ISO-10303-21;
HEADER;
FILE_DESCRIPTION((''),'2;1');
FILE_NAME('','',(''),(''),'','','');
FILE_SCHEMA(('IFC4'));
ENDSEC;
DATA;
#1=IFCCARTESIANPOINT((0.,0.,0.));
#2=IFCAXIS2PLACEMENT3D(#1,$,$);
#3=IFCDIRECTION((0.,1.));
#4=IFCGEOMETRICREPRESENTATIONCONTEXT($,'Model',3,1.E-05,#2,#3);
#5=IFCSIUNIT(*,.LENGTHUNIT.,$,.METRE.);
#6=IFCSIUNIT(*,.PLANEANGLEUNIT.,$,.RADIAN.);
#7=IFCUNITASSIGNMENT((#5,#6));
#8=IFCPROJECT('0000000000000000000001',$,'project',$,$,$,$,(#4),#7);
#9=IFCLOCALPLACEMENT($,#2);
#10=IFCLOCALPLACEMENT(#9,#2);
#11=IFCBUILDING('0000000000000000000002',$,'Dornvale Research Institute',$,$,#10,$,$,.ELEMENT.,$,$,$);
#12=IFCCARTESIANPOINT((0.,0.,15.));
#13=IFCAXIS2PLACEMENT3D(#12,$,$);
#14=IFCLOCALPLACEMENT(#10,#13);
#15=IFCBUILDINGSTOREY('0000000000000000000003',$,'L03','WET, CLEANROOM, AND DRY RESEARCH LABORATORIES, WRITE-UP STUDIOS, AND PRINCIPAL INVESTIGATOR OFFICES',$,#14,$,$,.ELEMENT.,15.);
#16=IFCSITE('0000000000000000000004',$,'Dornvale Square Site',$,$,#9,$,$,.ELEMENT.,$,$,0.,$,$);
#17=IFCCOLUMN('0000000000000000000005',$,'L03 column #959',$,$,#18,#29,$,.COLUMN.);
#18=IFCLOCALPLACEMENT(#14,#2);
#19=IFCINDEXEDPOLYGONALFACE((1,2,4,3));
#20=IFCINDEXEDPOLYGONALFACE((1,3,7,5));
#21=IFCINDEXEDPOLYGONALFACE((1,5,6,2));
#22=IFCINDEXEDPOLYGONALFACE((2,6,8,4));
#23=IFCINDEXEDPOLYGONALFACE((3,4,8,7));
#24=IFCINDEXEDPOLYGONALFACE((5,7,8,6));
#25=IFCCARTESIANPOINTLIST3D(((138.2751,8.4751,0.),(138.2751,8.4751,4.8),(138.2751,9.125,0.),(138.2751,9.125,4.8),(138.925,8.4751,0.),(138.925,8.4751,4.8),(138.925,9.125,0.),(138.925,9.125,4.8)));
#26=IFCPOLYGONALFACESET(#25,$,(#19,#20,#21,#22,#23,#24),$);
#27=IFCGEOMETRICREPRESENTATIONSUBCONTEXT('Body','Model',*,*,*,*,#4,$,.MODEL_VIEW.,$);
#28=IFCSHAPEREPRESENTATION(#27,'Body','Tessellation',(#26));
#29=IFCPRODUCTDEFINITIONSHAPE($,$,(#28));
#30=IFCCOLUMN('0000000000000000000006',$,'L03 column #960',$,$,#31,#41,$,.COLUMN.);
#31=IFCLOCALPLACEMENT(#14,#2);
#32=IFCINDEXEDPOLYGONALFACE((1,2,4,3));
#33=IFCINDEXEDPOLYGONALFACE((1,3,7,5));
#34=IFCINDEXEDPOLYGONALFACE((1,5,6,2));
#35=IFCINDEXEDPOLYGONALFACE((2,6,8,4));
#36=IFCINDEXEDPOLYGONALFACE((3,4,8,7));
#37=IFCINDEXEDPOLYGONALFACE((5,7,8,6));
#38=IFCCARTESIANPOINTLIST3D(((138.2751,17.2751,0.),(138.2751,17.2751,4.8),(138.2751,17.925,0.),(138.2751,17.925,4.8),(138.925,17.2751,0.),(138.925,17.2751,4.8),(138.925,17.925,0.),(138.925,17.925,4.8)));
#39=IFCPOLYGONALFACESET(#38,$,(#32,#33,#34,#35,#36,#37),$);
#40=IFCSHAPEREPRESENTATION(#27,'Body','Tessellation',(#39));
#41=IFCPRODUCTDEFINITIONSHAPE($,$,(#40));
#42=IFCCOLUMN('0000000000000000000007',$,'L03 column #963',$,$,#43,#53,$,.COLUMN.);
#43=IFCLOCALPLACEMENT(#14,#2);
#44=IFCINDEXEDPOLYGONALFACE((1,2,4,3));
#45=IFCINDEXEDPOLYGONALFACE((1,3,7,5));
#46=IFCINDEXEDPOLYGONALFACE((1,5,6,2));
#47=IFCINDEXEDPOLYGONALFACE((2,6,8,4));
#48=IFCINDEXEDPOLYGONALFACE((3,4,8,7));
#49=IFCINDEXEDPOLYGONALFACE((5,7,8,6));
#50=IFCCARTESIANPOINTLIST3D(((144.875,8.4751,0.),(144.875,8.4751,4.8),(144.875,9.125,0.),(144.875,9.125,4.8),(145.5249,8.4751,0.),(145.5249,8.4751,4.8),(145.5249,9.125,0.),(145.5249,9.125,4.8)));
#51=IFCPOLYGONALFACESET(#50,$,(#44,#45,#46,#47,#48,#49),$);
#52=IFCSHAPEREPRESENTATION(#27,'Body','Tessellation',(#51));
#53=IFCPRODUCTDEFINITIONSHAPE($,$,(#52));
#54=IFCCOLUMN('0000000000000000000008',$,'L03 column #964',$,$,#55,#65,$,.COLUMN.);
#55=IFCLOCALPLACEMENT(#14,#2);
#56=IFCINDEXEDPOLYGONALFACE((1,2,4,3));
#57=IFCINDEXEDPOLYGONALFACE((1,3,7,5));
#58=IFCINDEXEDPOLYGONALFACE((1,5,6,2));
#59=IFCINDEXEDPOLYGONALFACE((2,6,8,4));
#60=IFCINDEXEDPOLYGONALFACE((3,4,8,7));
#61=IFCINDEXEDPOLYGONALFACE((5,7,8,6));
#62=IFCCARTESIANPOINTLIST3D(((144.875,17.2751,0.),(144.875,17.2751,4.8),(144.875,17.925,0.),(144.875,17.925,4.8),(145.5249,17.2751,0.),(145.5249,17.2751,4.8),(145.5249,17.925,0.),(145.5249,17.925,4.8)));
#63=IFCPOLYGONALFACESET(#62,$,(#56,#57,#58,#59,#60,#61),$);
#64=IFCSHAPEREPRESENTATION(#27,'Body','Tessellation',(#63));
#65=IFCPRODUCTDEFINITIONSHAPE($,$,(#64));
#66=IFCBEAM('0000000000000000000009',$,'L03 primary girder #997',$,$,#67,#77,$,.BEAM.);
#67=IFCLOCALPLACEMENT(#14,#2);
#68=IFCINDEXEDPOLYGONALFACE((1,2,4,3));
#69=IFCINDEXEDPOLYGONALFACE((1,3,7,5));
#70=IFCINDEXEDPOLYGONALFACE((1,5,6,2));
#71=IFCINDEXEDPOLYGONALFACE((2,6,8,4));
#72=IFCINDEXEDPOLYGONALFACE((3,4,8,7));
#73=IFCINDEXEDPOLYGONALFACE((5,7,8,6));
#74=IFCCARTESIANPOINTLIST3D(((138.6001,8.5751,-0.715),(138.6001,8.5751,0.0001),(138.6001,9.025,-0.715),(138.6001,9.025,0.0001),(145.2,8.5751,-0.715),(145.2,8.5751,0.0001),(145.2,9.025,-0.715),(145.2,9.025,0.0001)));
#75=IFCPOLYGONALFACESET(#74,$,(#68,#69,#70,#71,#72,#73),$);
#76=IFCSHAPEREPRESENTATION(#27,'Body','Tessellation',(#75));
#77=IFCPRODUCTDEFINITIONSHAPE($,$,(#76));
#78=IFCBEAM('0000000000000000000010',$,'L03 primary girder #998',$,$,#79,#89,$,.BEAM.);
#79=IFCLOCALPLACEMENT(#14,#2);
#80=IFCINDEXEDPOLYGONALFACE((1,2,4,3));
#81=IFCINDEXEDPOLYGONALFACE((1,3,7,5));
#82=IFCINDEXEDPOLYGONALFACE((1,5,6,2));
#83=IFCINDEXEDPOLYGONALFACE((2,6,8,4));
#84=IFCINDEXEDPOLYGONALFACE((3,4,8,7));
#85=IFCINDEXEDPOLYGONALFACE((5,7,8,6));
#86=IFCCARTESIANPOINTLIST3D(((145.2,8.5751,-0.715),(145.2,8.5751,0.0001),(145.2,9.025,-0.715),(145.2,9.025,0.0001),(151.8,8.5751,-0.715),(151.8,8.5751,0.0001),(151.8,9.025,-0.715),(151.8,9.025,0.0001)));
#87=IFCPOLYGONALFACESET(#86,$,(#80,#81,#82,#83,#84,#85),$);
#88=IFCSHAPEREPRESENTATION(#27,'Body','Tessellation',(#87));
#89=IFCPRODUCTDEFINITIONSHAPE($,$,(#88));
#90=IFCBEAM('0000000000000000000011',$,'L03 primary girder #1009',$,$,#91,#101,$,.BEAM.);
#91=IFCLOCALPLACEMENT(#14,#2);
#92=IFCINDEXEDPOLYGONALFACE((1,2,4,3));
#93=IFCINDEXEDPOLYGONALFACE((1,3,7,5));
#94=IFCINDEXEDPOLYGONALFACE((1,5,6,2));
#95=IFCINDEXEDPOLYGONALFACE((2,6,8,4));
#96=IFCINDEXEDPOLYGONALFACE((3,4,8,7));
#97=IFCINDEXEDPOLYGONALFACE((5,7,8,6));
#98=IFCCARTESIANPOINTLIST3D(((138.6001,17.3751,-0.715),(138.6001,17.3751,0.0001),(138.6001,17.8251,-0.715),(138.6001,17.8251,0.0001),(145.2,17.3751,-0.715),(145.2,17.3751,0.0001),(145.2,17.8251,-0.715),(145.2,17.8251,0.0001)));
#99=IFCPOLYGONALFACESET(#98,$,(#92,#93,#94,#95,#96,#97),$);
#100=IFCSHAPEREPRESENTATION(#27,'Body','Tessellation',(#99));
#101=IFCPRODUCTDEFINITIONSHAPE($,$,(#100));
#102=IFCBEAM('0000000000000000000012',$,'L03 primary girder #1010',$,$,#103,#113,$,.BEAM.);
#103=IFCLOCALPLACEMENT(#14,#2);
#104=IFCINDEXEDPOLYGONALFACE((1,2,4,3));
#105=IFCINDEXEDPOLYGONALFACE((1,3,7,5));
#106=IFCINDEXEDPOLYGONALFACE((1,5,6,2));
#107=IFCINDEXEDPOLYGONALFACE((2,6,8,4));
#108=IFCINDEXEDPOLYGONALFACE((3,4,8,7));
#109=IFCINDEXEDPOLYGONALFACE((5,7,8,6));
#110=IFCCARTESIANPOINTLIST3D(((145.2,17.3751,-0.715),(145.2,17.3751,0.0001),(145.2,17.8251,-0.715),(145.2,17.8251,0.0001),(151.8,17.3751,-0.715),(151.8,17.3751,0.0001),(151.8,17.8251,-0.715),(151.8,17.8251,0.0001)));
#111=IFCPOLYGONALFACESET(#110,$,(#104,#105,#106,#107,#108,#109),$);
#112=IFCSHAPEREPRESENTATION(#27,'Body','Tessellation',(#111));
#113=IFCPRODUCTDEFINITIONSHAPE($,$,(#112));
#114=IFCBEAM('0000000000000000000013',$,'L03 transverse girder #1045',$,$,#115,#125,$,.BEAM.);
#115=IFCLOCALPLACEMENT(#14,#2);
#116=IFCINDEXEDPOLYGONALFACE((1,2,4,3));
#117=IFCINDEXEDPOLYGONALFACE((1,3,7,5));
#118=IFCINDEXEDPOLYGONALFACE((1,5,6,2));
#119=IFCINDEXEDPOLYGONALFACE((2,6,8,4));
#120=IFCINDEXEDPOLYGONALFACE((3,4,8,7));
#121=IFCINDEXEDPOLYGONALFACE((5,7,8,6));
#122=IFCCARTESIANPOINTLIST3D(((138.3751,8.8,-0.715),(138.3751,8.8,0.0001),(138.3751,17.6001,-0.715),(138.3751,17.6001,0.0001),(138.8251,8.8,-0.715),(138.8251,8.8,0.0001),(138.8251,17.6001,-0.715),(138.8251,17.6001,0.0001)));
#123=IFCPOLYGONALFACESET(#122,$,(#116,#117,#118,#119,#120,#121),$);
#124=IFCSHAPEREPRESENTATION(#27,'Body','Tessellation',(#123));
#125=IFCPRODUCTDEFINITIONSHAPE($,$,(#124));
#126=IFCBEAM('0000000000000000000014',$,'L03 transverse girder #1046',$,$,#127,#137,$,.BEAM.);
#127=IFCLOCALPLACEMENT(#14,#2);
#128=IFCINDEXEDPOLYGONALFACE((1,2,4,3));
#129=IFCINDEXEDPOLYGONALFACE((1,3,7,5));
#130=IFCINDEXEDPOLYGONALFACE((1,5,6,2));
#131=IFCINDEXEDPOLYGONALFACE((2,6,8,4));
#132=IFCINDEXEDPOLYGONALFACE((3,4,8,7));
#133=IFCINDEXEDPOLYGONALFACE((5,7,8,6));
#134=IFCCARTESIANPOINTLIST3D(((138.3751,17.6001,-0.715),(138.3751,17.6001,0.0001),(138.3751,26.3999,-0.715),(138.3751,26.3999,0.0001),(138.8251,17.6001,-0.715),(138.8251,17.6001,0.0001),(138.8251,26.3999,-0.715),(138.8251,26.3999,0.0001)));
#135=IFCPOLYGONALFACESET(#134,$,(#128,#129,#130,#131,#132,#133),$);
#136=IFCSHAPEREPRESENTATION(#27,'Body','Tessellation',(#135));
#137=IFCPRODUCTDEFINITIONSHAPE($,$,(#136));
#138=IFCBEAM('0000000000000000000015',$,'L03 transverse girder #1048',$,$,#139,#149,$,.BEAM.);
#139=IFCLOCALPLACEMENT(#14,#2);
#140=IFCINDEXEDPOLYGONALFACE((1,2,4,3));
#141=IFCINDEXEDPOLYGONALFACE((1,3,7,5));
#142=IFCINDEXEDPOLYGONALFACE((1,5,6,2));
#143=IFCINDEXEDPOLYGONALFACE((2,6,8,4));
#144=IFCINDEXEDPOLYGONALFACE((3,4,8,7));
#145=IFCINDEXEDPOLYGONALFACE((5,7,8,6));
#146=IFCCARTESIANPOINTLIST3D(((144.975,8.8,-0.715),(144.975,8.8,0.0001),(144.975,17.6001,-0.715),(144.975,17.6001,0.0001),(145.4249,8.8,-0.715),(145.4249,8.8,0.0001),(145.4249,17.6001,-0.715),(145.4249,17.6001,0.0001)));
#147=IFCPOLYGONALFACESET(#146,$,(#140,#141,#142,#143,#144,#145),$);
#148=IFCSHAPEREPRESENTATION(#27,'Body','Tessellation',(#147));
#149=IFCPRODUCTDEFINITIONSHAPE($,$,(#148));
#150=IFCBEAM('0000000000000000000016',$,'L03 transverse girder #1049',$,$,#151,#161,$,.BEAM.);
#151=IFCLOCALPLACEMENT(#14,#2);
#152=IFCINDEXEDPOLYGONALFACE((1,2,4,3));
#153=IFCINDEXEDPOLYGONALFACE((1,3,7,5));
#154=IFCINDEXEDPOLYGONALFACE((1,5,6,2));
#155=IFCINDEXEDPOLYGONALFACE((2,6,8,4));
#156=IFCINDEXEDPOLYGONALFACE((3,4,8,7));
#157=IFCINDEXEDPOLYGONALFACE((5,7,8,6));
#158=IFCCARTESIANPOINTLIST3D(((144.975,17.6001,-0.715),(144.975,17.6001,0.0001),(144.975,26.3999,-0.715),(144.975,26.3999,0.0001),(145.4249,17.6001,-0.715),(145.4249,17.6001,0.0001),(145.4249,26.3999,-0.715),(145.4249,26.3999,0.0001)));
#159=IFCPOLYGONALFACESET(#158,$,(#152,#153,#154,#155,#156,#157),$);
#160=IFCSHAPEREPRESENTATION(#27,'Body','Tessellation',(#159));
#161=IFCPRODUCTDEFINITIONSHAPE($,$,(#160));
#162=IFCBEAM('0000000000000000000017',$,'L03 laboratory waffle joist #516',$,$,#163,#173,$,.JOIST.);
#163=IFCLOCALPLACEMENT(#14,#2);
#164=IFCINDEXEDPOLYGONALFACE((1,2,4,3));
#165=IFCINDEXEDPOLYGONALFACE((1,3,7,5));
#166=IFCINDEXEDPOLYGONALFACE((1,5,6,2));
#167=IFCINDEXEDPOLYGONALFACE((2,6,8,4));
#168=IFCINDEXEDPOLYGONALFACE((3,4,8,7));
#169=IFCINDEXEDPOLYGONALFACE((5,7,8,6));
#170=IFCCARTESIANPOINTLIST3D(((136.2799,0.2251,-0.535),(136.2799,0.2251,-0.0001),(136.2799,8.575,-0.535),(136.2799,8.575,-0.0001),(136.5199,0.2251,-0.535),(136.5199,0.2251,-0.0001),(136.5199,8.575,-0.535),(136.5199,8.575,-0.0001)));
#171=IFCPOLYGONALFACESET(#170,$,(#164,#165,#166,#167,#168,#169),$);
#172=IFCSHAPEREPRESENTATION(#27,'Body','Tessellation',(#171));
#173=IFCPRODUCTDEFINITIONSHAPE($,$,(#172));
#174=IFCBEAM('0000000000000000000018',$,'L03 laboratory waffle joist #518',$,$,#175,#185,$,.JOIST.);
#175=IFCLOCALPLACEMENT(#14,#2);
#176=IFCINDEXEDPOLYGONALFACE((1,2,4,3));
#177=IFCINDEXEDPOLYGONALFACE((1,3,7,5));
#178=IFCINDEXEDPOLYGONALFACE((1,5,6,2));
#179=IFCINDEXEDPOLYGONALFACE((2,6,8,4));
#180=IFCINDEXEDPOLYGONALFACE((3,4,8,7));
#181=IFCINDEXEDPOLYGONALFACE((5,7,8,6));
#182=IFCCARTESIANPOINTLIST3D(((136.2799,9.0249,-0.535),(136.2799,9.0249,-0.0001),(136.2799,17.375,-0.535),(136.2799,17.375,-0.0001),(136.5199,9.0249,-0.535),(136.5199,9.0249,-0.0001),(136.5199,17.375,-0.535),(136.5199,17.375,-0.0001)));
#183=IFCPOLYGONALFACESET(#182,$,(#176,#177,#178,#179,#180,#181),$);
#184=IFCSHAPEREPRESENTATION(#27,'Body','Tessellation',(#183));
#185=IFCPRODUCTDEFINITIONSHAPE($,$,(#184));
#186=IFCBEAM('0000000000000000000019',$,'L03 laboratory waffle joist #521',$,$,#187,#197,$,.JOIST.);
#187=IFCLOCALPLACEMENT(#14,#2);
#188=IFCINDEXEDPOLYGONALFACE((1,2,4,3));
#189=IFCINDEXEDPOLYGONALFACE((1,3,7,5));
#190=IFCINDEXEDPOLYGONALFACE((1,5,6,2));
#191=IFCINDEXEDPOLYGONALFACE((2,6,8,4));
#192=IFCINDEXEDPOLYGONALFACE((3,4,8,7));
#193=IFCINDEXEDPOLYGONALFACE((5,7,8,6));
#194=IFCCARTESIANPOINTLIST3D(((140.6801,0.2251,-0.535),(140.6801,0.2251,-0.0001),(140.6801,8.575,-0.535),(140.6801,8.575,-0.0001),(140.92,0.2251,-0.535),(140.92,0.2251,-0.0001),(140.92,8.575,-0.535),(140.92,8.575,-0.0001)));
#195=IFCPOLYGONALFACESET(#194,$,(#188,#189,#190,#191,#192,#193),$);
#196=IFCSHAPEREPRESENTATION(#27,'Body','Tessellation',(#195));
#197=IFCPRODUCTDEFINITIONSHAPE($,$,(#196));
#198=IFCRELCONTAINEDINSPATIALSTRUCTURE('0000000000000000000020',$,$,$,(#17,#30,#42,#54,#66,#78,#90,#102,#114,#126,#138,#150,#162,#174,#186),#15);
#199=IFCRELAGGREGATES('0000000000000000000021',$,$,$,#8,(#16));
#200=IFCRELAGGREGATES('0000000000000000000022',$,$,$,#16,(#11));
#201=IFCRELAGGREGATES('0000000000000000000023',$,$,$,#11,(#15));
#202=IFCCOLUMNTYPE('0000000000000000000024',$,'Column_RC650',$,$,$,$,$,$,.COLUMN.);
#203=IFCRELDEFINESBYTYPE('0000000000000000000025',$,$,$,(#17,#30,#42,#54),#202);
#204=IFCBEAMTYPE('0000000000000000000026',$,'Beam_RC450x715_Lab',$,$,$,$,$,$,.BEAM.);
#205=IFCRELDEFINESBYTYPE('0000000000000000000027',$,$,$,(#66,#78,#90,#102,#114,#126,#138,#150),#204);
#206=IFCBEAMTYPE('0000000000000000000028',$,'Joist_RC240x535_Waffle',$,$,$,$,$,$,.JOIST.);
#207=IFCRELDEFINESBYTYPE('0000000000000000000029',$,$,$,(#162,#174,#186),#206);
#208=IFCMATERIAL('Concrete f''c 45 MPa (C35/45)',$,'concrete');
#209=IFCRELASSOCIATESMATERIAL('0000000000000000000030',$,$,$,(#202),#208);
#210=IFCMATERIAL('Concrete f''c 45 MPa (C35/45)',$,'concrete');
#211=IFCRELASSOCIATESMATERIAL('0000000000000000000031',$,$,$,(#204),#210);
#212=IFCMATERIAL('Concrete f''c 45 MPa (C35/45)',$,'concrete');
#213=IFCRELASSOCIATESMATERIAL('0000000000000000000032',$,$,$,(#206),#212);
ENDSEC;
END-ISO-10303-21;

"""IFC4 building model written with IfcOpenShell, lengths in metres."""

from ifc_helpers import new_model, si_unit, direction, frame, origin, origin_2d, place, context, subcontext, project, spatial, rectangle, extrude, material, material_profile, profile_set, type_object, element, save


model = new_model("IFC4")

# Units and contexts
model_context = context("Model", 3, precision=1e-05, world=origin(), true_north=direction((0.0, 1.0)))
body_context = subcontext(model_context, "Body", "Model", "MODEL_VIEW")
ifc_project = project(units=[si_unit("LENGTHUNIT", "METRE"), si_unit("PLANEANGLEUNIT", "RADIAN")], contexts=[model_context])

# Site, building, storey
site_placement = place(None, origin())
site = spatial("IfcSite", under=ifc_project, at=site_placement, Name="Dornvale Square Site", CompositionType="ELEMENT", RefElevation=0.0)
building_placement = place(site_placement, origin())
building = spatial("IfcBuilding", under=site, at=building_placement, Name="Dornvale Research Institute", CompositionType="ELEMENT")
storey_placement = place(building_placement, frame((0.0, 0.0, 15.0)))
storey = spatial("IfcBuildingStorey", under=building, at=storey_placement, Name="L03", Description="WET, CLEANROOM, AND DRY RESEARCH LABORATORIES, WRITE-UP STUDIOS, AND PRINCIPAL INVESTIGATOR OFFICES", CompositionType="ELEMENT", Elevation=15.0)

# Columns
ifc_material_1 = material(Name="Concrete f'c 45 MPa (C35/45)", Category="concrete")
ifc_material_profile_1 = material_profile(ifc_material_1, rectangle(XDim=0.6499, YDim=0.6499, at=origin_2d()), Name="RC 650x650")
ifc_profile_set_1 = profile_set([ifc_material_profile_1], Name="Concrete f'c 45 MPa (C35/45)")
column_type = type_object("IfcColumnType", Name="Column_RC650", PredefinedType="COLUMN", material=ifc_profile_set_1)
for number, where, z_axis, x_axis, name in (
    (1, (138.6001, 8.8, 0.0), (0.0, 0.0, 1.0), (1.0, 0.0, 0.0), "L03 column #959"),
    (2, (138.6001, 17.6001, 0.0), (0.0, 0.0, 1.0), (1.0, 0.0, 0.0), "L03 column #960"),
    (3, (145.2, 8.8, 0.0), (0.0, 0.0, 1.0), (1.0, 0.0, 0.0), "L03 column #963"),
    (4, (145.2, 17.6001, 0.0), (0.0, 0.0, 1.0), (1.0, 0.0, 0.0), "L03 column #964"),
):
    element("IfcColumn", number, at=place(storey_placement, frame(where, z_axis=z_axis, x_axis=x_axis)), inside=storey, type_object=column_type, Name=name, PredefinedType="COLUMN", context=body_context, shape_type="SweptSolid", body=[
        extrude(rectangle(XDim=0.6499, YDim=0.6499, at=origin_2d()), origin(), (0.0, 0.0, 1.0), 4.8),
    ])

# Beams
ifc_material_2 = material(Name="Concrete f'c 45 MPa (C35/45)", Category="concrete")
ifc_material_profile_2 = material_profile(ifc_material_2, rectangle(XDim=0.45, YDim=0.7151, at=origin_2d()), Name="RC 450x715")
ifc_profile_set_2 = profile_set([ifc_material_profile_2], Name="Concrete f'c 45 MPa (C35/45)")
beam_type_1 = type_object("IfcBeamType", Name="Beam_RC450x715_Lab", PredefinedType="BEAM", material=ifc_profile_set_2)
beam_1_placement = place(storey_placement, frame((138.6001, 8.8, -0.3574), z_axis=(1.0, 0.0, 0.0), x_axis=(0.0, 1.0, 0.0)))
element("IfcBeam", 5, at=beam_1_placement, inside=storey, type_object=beam_type_1, Name="L03 primary girder #997", PredefinedType="BEAM", context=body_context, shape_type="SweptSolid", body=[
    extrude(rectangle(XDim=0.45, YDim=0.7151, at=origin_2d()), origin(), (0.0, 0.0, 1.0), 6.5999),
])
beam_2_placement = place(storey_placement, frame((145.2, 8.8, -0.3574), z_axis=(1.0, 0.0, 0.0), x_axis=(0.0, 1.0, 0.0)))
element("IfcBeam", 6, at=beam_2_placement, inside=storey, type_object=beam_type_1, Name="L03 primary girder #998", PredefinedType="BEAM", context=body_context, shape_type="SweptSolid", body=[
    extrude(rectangle(XDim=0.45, YDim=0.7151, at=origin_2d()), origin(), (0.0, 0.0, 1.0), 6.6001),
])
beam_3_placement = place(storey_placement, frame((138.6001, 17.6001, -0.3574), z_axis=(1.0, 0.0, 0.0), x_axis=(0.0, 1.0, 0.0)))
element("IfcBeam", 7, at=beam_3_placement, inside=storey, type_object=beam_type_1, Name="L03 primary girder #1009", PredefinedType="BEAM", context=body_context, shape_type="SweptSolid", body=[
    extrude(rectangle(XDim=0.45, YDim=0.7151, at=origin_2d()), origin(), (0.0, 0.0, 1.0), 6.5999),
])
beam_4_placement = place(storey_placement, frame((145.2, 17.6001, -0.3574), z_axis=(1.0, 0.0, 0.0), x_axis=(0.0, 1.0, 0.0)))
element("IfcBeam", 8, at=beam_4_placement, inside=storey, type_object=beam_type_1, Name="L03 primary girder #1010", PredefinedType="BEAM", context=body_context, shape_type="SweptSolid", body=[
    extrude(rectangle(XDim=0.45, YDim=0.7151, at=origin_2d()), origin(), (0.0, 0.0, 1.0), 6.6001),
])
beam_5_placement = place(storey_placement, frame((138.6001, 8.8, -0.3574), z_axis=(0.0, 1.0, 0.0), x_axis=(-1.0, 0.0, 0.0)))
element("IfcBeam", 9, at=beam_5_placement, inside=storey, type_object=beam_type_1, Name="L03 transverse girder #1045", PredefinedType="BEAM", context=body_context, shape_type="SweptSolid", body=[
    extrude(rectangle(XDim=0.45, YDim=0.7151, at=origin_2d()), origin(), (0.0, 0.0, 1.0), 8.8),
])
beam_6_placement = place(storey_placement, frame((138.6001, 17.6001, -0.3574), z_axis=(0.0, 1.0, 0.0), x_axis=(-1.0, 0.0, 0.0)))
element("IfcBeam", 10, at=beam_6_placement, inside=storey, type_object=beam_type_1, Name="L03 transverse girder #1046", PredefinedType="BEAM", context=body_context, shape_type="SweptSolid", body=[
    extrude(rectangle(XDim=0.45, YDim=0.7151, at=origin_2d()), origin(), (0.0, 0.0, 1.0), 8.7998),
])
beam_7_placement = place(storey_placement, frame((145.2, 8.8, -0.3574), z_axis=(0.0, 1.0, 0.0), x_axis=(-1.0, 0.0, 0.0)))
element("IfcBeam", 11, at=beam_7_placement, inside=storey, type_object=beam_type_1, Name="L03 transverse girder #1048", PredefinedType="BEAM", context=body_context, shape_type="SweptSolid", body=[
    extrude(rectangle(XDim=0.45, YDim=0.7151, at=origin_2d()), origin(), (0.0, 0.0, 1.0), 8.8),
])
beam_8_placement = place(storey_placement, frame((145.2, 17.6001, -0.3574), z_axis=(0.0, 1.0, 0.0), x_axis=(-1.0, 0.0, 0.0)))
element("IfcBeam", 12, at=beam_8_placement, inside=storey, type_object=beam_type_1, Name="L03 transverse girder #1049", PredefinedType="BEAM", context=body_context, shape_type="SweptSolid", body=[
    extrude(rectangle(XDim=0.45, YDim=0.7151, at=origin_2d()), origin(), (0.0, 0.0, 1.0), 8.7998),
])
ifc_material_3 = material(Name="Concrete f'c 45 MPa (C35/45)", Category="concrete")
ifc_material_profile_3 = material_profile(ifc_material_3, rectangle(XDim=0.24, YDim=0.5349, at=origin_2d()), Name="RC 240x535")
ifc_profile_set_3 = profile_set([ifc_material_profile_3], Name="Concrete f'c 45 MPa (C35/45)")
beam_type_2 = type_object("IfcBeamType", Name="Joist_RC240x535_Waffle", PredefinedType="JOIST", material=ifc_profile_set_3)
beam_9_placement = place(storey_placement, frame((136.3999, 0.2251, -0.2676), z_axis=(0.0, 1.0, 0.0), x_axis=(-1.0, 0.0, 0.0)))
element("IfcBeam", 13, at=beam_9_placement, inside=storey, type_object=beam_type_2, Name="L03 laboratory waffle joist #516", PredefinedType="JOIST", context=body_context, shape_type="SweptSolid", body=[
    extrude(rectangle(XDim=0.24, YDim=0.5349, at=origin_2d()), origin(), (0.0, 0.0, 1.0), 8.3499),
])
beam_10_placement = place(storey_placement, frame((136.3999, 9.0249, -0.2676), z_axis=(0.0, 1.0, 0.0), x_axis=(-1.0, 0.0, 0.0)))
element("IfcBeam", 14, at=beam_10_placement, inside=storey, type_object=beam_type_2, Name="L03 laboratory waffle joist #518", PredefinedType="JOIST", context=body_context, shape_type="SweptSolid", body=[
    extrude(rectangle(XDim=0.24, YDim=0.5349, at=origin_2d()), origin(), (0.0, 0.0, 1.0), 8.3501),
])
for number, where, z_axis, x_axis, name in (
    (15, (140.8, 0.2251, -0.2676), (0.0, 1.0, 0.0), (-1.0, 0.0, 0.0), "L03 laboratory waffle joist #521"),
):
    element("IfcBeam", number, at=place(storey_placement, frame(where, z_axis=z_axis, x_axis=x_axis)), inside=storey, type_object=beam_type_2, Name=name, PredefinedType="JOIST", context=body_context, shape_type="SweptSolid", body=[
        extrude(rectangle(XDim=0.24, YDim=0.5349, at=origin_2d()), origin(), (0.0, 0.0, 1.0), 8.3499),
    ])

save(model, "model.ifc")
